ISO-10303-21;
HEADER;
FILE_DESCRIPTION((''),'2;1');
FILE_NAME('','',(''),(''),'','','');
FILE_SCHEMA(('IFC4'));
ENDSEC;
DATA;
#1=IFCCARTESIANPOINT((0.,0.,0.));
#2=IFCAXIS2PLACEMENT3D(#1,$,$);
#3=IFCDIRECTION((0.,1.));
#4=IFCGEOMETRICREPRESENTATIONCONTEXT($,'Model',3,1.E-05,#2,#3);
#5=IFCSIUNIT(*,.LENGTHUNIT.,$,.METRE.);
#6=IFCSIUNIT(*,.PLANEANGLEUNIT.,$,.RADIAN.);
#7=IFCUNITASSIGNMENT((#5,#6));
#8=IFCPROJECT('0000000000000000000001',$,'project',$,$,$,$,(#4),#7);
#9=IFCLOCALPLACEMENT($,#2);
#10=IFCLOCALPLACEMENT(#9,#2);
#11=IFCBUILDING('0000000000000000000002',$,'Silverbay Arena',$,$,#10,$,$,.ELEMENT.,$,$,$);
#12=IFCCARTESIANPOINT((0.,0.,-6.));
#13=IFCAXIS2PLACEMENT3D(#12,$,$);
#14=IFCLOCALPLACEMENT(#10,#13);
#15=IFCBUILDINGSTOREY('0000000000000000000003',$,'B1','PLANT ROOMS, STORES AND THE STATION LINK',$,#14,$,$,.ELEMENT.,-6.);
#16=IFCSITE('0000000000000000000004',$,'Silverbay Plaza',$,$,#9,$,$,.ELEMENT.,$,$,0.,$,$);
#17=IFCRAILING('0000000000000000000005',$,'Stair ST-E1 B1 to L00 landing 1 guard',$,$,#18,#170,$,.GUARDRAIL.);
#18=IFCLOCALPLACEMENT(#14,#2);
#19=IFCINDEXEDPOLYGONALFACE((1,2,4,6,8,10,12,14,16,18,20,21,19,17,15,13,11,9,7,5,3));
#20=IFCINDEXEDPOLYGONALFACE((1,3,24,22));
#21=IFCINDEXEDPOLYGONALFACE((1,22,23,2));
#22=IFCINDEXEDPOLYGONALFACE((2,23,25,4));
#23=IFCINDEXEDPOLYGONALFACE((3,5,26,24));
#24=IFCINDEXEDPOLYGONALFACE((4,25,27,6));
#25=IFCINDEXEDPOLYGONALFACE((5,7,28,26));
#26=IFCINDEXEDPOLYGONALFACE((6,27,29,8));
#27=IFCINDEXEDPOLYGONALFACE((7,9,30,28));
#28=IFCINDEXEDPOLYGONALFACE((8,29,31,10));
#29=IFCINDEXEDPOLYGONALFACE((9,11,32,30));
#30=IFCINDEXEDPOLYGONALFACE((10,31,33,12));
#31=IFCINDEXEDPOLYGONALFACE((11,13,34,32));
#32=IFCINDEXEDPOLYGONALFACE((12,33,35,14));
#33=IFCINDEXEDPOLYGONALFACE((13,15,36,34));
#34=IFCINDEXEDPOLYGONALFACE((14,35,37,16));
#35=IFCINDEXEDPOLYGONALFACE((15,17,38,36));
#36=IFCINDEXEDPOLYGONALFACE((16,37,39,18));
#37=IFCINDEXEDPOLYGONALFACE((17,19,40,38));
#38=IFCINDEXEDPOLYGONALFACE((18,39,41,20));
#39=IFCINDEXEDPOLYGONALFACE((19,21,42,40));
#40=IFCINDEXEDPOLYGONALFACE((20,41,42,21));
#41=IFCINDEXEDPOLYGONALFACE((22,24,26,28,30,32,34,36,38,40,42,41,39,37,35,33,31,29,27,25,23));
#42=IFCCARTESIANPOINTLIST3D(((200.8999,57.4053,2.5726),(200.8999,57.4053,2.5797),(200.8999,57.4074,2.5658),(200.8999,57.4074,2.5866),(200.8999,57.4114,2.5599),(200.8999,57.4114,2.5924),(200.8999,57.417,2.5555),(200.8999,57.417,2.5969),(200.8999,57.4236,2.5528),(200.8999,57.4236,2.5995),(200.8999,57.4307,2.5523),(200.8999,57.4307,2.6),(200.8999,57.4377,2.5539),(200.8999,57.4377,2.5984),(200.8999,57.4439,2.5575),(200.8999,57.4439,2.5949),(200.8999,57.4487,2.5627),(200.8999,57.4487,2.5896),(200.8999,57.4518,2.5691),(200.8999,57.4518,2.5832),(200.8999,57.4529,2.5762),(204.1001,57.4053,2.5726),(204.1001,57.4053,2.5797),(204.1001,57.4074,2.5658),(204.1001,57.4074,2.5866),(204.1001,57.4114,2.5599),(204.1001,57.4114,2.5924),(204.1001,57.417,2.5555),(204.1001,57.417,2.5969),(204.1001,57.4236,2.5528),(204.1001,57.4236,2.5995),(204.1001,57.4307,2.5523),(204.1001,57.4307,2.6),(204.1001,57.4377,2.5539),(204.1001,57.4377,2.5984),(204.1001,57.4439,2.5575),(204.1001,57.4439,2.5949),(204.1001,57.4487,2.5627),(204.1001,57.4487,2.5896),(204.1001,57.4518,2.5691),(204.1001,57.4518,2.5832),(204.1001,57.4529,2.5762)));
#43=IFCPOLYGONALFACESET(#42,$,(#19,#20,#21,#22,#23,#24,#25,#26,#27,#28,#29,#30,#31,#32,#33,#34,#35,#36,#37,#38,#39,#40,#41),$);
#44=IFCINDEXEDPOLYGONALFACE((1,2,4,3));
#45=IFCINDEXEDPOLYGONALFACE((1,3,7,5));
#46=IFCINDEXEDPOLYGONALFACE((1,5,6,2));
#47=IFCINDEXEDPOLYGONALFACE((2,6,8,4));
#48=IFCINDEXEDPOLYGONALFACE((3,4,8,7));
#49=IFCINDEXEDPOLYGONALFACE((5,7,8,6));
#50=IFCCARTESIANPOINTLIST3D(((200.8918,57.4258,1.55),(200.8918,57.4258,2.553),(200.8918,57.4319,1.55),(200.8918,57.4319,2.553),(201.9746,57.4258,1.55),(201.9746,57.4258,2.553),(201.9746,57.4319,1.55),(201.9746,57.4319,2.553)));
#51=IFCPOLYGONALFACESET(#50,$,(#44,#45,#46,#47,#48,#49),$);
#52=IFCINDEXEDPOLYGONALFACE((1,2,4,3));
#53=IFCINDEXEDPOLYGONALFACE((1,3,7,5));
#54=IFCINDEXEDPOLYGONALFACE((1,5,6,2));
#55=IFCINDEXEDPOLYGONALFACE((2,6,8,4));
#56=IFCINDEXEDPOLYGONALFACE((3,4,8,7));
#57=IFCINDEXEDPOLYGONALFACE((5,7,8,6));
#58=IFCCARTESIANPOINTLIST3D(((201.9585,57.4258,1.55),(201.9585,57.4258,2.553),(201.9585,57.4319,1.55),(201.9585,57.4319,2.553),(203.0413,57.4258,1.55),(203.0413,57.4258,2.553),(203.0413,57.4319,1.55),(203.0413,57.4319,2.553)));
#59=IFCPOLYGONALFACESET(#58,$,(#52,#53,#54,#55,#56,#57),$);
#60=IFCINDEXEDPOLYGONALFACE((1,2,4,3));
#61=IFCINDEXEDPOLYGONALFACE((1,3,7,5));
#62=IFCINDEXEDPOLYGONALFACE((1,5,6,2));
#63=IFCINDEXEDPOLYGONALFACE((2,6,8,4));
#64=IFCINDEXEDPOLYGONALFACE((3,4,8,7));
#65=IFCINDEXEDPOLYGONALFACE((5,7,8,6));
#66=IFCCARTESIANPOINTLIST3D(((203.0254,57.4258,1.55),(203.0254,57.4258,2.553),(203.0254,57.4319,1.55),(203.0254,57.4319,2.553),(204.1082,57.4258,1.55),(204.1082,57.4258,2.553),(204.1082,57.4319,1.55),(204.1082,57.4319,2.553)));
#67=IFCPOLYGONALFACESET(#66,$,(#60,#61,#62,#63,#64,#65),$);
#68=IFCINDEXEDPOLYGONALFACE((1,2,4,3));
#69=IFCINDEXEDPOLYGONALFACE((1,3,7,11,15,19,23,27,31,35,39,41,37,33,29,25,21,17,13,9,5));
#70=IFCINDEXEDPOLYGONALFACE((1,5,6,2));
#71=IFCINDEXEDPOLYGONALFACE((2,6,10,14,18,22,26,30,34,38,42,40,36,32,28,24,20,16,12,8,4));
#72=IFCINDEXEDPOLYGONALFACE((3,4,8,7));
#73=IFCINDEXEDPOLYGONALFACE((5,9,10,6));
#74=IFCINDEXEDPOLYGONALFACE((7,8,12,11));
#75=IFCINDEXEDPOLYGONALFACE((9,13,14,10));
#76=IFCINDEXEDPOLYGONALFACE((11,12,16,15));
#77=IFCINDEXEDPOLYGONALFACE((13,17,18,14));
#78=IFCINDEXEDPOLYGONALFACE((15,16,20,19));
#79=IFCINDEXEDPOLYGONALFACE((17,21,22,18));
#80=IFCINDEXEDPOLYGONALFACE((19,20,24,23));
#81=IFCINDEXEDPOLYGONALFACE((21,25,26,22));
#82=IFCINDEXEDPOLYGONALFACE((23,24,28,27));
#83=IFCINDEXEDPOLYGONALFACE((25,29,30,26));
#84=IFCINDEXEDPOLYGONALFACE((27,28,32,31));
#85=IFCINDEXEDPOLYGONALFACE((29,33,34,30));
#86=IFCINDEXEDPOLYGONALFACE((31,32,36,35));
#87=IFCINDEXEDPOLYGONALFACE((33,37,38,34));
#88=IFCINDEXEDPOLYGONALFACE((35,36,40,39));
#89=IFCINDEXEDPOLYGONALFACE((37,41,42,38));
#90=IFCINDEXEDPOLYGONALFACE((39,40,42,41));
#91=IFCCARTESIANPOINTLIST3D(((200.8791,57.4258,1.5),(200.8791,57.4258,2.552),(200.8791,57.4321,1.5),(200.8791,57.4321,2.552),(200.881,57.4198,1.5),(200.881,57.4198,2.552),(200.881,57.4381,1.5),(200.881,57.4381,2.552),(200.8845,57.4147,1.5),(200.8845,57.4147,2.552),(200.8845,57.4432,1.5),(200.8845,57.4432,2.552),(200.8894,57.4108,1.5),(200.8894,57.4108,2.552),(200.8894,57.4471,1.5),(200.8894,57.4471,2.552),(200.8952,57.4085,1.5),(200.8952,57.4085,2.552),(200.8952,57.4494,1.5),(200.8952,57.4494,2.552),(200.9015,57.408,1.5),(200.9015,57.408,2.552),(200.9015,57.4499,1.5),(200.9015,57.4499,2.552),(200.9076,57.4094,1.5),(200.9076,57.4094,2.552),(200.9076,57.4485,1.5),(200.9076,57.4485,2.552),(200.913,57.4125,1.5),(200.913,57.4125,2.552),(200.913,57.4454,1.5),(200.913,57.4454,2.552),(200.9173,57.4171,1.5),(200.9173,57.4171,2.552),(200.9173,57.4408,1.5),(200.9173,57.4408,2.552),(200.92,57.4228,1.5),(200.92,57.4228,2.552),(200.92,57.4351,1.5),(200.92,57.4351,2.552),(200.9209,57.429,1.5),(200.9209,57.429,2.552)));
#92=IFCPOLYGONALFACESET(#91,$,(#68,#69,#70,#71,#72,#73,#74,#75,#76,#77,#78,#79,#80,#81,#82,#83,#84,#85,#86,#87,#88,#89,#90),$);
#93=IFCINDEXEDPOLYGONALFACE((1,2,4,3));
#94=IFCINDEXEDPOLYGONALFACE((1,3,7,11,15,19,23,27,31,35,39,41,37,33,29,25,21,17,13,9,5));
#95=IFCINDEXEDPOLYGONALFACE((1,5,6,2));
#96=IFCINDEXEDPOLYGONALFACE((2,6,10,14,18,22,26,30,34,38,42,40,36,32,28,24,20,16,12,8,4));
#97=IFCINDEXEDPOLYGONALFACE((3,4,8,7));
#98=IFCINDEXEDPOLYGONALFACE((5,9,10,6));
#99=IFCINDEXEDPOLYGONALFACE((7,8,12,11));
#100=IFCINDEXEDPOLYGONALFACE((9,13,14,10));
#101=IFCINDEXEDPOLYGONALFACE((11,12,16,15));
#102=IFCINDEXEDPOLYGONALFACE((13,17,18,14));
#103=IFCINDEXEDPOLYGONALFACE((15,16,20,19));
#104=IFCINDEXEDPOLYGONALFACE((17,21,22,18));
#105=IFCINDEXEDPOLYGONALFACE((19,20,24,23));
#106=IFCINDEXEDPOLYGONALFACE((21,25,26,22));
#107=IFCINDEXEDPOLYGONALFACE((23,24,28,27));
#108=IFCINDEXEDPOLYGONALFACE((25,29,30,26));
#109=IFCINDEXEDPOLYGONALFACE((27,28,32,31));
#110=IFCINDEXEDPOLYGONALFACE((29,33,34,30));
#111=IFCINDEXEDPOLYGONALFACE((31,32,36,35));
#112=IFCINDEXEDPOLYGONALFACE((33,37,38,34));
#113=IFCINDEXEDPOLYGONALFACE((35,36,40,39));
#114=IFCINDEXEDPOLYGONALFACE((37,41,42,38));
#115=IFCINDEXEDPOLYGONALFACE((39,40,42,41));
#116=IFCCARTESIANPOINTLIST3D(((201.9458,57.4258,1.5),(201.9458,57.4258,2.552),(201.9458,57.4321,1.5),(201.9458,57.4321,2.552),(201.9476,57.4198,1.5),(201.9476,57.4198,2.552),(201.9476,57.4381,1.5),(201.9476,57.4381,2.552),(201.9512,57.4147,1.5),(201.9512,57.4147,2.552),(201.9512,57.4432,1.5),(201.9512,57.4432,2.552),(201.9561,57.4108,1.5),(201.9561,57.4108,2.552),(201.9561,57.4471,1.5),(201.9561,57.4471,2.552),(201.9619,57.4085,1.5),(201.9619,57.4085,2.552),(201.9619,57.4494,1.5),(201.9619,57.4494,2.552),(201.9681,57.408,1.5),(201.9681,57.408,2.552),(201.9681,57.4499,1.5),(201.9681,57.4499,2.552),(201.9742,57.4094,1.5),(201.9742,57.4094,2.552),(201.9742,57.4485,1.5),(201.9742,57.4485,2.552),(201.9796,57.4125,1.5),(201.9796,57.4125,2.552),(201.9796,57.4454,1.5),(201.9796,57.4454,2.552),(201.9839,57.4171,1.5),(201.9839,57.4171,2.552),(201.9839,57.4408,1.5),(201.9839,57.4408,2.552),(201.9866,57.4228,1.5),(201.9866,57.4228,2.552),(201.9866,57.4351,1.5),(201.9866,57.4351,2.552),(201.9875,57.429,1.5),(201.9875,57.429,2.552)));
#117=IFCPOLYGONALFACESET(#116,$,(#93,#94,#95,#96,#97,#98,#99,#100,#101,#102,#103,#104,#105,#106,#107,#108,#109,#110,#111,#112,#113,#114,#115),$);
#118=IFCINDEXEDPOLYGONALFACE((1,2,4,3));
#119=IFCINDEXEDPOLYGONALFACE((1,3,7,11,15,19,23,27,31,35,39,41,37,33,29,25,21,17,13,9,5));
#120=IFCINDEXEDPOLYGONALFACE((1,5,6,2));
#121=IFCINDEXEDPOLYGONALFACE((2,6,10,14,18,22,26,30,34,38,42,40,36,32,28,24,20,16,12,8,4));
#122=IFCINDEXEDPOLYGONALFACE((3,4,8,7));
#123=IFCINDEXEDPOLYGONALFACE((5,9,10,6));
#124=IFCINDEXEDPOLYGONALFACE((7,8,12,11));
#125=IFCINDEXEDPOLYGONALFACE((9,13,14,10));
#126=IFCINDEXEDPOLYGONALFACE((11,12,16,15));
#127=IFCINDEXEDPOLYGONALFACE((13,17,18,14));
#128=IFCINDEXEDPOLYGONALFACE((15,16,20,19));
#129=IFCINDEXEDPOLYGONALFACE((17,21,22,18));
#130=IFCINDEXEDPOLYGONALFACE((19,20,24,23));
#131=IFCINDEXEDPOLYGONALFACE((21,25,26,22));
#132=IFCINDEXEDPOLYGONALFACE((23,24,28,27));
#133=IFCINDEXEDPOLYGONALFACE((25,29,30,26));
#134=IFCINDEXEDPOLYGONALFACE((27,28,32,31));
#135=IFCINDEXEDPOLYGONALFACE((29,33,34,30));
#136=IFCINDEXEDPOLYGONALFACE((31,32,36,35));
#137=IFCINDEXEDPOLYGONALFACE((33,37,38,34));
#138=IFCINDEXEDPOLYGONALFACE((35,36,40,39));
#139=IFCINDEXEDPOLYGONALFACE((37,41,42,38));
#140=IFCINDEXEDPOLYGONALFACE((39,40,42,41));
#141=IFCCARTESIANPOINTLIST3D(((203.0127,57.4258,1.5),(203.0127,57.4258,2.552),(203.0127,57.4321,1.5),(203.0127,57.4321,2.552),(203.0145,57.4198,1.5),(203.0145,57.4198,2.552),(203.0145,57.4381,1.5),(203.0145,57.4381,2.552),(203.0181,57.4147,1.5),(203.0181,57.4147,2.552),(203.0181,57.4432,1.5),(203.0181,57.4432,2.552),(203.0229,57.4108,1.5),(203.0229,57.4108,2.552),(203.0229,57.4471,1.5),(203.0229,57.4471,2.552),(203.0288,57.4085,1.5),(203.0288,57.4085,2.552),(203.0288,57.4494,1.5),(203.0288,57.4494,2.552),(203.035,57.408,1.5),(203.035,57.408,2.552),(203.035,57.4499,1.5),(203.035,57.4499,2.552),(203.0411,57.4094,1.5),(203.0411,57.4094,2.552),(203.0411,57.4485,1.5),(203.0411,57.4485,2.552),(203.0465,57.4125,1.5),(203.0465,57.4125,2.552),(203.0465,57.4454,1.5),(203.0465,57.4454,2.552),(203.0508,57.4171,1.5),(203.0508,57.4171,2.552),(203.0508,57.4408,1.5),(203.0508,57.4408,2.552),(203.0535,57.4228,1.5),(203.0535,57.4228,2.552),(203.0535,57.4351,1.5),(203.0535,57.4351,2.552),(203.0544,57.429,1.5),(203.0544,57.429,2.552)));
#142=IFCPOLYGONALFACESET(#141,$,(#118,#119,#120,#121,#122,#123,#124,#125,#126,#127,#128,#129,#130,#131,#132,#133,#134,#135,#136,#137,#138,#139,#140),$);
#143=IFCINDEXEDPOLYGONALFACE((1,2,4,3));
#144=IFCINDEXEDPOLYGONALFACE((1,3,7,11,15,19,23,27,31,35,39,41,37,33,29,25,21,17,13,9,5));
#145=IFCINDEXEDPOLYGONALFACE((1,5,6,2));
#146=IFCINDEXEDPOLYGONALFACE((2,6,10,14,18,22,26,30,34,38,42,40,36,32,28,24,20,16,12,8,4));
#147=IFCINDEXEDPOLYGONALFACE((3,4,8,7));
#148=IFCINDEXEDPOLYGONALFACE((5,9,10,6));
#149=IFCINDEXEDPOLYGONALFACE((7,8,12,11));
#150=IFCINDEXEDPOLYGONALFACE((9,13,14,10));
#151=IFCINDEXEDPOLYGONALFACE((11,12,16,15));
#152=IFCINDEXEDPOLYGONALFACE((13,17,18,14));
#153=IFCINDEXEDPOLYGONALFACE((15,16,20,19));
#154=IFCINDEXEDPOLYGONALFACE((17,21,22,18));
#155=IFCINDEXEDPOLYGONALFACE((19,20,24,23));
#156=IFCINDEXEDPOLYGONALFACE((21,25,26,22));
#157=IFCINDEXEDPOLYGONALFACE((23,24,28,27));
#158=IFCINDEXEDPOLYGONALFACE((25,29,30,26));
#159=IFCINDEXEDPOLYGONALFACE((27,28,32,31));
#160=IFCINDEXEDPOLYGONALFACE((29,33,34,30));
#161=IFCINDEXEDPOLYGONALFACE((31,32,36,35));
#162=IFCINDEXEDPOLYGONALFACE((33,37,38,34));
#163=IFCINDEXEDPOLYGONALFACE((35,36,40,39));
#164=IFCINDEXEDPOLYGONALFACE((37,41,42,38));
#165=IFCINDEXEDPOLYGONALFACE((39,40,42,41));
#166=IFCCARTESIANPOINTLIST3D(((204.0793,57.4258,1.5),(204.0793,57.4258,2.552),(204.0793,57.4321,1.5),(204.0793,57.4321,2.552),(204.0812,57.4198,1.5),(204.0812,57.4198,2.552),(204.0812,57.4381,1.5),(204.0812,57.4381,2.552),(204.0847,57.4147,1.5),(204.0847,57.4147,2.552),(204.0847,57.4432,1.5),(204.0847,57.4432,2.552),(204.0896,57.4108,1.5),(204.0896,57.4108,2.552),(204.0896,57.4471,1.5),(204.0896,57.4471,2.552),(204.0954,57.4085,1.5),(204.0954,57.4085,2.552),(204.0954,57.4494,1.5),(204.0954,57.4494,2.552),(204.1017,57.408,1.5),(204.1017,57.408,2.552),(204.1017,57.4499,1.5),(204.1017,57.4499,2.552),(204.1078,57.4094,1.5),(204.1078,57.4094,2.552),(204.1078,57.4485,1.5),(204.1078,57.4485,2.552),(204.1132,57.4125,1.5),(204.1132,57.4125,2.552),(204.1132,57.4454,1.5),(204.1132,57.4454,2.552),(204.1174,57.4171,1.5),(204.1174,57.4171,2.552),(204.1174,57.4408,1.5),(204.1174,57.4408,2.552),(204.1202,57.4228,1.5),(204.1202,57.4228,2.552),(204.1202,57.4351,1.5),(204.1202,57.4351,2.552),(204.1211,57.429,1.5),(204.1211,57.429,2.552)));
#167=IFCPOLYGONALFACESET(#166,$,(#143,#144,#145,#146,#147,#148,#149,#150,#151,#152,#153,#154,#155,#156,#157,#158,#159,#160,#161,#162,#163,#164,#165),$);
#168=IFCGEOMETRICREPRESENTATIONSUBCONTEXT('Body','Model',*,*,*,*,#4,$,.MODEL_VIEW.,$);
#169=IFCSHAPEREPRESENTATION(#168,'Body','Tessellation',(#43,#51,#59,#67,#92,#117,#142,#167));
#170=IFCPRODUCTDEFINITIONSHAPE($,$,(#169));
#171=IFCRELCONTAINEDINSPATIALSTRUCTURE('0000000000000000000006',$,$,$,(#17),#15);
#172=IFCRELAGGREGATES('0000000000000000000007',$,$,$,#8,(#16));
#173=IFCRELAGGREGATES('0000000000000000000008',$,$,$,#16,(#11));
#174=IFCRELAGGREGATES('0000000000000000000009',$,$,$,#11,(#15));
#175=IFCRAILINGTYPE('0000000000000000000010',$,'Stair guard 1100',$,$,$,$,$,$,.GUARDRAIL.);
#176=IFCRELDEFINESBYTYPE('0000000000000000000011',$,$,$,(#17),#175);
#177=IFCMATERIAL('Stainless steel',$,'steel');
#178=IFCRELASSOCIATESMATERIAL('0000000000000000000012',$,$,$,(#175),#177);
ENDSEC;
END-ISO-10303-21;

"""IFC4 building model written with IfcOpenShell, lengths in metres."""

from ifc_helpers import new_model, si_unit, direction, frame, origin, origin_2d, place, context, subcontext, project, spatial, polyline, circle, outline, extrude, material, type_object, element, save


model = new_model("IFC4")

# Units and contexts
model_context = context("Model", 3, precision=1e-05, world=origin(), true_north=direction((0.0, 1.0)))
body_context = subcontext(model_context, "Body", "Model", "MODEL_VIEW")
ifc_project = project(units=[si_unit("LENGTHUNIT", "METRE"), si_unit("PLANEANGLEUNIT", "RADIAN")], contexts=[model_context])

# Site, building, storey
site_placement = place(None, origin())
site = spatial("IfcSite", under=ifc_project, at=site_placement, Name="Silverbay Plaza", CompositionType="ELEMENT", RefElevation=0.0)
building_placement = place(site_placement, origin())
building = spatial("IfcBuilding", under=site, at=building_placement, Name="Silverbay Arena", CompositionType="ELEMENT")
storey_placement = place(building_placement, frame((0.0, 0.0, -6.0)))
storey = spatial("IfcBuildingStorey", under=building, at=storey_placement, Name="B1", Description="PLANT ROOMS, STORES AND THE STATION LINK", CompositionType="ELEMENT", Elevation=-6.0)

# Railing
ifc_material_1 = material(Name="Stainless steel", Category="steel")
railing_type_1 = type_object("IfcRailingType", Name="Stair guard 1100", PredefinedType="GUARDRAIL", material=ifc_material_1)
for number, where, name in (
    (1, (200.8999, 57.429, 1.5), "Stair ST-E1 B1 to L00 landing 1 guard"),
):
    element("IfcRailing", number, at=place(storey_placement, frame(where)), inside=storey, type_object=railing_type_1, Name=name, PredefinedType="GUARDRAIL", context=body_context, shape_type="SweptSolid", body=[
        extrude(circle(Radius=0.0239, at=origin_2d()), frame((0.0, 0.0, 1.0762), z_axis=(1.0, 0.0, 0.0), x_axis=(0.0, 1.0, 0.0)), (0.0, 0.0, 1.0), 3.2002),
        extrude(outline(polyline([(-0.0081, 0.05), (1.0747, 0.05), (1.0747, 1.053), (-0.0081, 1.053), (-0.0081, 0.05)])), frame((0.0, 0.0029, 0.0), z_axis=(0.0, -1.0, 0.0), x_axis=(1.0, 0.0, 0.0)), (0.0, 0.0, 1.0), 0.0061),
        extrude(outline(polyline([(-0.0081, 0.05), (1.0747, 0.05), (1.0747, 1.053), (-0.0081, 1.053), (-0.0081, 0.05)])), frame((1.0667, 0.0029, 0.0), z_axis=(0.0, -1.0, 0.0), x_axis=(1.0, 0.0, 0.0)), (0.0, 0.0, 1.0), 0.0061),
        extrude(outline(polyline([(-0.0081, 0.05), (1.0747, 0.05), (1.0747, 1.053), (-0.0081, 1.053), (-0.0081, 0.05)])), frame((2.1335, 0.0029, 0.0), z_axis=(0.0, -1.0, 0.0), x_axis=(1.0, 0.0, 0.0)), (0.0, 0.0, 1.0), 0.0061),
        extrude(circle(Radius=0.021, at=origin_2d()), origin(), (0.0, 0.0, 1.0), 1.052),
        extrude(circle(Radius=0.021, at=origin_2d()), frame((1.0667, 0.0, 0.0)), (0.0, 0.0, 1.0), 1.052),
        extrude(circle(Radius=0.021, at=origin_2d()), frame((2.1335, 0.0, 0.0)), (0.0, 0.0, 1.0), 1.052),
        extrude(circle(Radius=0.021, at=origin_2d()), frame((3.2002, 0.0, 0.0)), (0.0, 0.0, 1.0), 1.052),
    ])

save(model, "model.ifc")
